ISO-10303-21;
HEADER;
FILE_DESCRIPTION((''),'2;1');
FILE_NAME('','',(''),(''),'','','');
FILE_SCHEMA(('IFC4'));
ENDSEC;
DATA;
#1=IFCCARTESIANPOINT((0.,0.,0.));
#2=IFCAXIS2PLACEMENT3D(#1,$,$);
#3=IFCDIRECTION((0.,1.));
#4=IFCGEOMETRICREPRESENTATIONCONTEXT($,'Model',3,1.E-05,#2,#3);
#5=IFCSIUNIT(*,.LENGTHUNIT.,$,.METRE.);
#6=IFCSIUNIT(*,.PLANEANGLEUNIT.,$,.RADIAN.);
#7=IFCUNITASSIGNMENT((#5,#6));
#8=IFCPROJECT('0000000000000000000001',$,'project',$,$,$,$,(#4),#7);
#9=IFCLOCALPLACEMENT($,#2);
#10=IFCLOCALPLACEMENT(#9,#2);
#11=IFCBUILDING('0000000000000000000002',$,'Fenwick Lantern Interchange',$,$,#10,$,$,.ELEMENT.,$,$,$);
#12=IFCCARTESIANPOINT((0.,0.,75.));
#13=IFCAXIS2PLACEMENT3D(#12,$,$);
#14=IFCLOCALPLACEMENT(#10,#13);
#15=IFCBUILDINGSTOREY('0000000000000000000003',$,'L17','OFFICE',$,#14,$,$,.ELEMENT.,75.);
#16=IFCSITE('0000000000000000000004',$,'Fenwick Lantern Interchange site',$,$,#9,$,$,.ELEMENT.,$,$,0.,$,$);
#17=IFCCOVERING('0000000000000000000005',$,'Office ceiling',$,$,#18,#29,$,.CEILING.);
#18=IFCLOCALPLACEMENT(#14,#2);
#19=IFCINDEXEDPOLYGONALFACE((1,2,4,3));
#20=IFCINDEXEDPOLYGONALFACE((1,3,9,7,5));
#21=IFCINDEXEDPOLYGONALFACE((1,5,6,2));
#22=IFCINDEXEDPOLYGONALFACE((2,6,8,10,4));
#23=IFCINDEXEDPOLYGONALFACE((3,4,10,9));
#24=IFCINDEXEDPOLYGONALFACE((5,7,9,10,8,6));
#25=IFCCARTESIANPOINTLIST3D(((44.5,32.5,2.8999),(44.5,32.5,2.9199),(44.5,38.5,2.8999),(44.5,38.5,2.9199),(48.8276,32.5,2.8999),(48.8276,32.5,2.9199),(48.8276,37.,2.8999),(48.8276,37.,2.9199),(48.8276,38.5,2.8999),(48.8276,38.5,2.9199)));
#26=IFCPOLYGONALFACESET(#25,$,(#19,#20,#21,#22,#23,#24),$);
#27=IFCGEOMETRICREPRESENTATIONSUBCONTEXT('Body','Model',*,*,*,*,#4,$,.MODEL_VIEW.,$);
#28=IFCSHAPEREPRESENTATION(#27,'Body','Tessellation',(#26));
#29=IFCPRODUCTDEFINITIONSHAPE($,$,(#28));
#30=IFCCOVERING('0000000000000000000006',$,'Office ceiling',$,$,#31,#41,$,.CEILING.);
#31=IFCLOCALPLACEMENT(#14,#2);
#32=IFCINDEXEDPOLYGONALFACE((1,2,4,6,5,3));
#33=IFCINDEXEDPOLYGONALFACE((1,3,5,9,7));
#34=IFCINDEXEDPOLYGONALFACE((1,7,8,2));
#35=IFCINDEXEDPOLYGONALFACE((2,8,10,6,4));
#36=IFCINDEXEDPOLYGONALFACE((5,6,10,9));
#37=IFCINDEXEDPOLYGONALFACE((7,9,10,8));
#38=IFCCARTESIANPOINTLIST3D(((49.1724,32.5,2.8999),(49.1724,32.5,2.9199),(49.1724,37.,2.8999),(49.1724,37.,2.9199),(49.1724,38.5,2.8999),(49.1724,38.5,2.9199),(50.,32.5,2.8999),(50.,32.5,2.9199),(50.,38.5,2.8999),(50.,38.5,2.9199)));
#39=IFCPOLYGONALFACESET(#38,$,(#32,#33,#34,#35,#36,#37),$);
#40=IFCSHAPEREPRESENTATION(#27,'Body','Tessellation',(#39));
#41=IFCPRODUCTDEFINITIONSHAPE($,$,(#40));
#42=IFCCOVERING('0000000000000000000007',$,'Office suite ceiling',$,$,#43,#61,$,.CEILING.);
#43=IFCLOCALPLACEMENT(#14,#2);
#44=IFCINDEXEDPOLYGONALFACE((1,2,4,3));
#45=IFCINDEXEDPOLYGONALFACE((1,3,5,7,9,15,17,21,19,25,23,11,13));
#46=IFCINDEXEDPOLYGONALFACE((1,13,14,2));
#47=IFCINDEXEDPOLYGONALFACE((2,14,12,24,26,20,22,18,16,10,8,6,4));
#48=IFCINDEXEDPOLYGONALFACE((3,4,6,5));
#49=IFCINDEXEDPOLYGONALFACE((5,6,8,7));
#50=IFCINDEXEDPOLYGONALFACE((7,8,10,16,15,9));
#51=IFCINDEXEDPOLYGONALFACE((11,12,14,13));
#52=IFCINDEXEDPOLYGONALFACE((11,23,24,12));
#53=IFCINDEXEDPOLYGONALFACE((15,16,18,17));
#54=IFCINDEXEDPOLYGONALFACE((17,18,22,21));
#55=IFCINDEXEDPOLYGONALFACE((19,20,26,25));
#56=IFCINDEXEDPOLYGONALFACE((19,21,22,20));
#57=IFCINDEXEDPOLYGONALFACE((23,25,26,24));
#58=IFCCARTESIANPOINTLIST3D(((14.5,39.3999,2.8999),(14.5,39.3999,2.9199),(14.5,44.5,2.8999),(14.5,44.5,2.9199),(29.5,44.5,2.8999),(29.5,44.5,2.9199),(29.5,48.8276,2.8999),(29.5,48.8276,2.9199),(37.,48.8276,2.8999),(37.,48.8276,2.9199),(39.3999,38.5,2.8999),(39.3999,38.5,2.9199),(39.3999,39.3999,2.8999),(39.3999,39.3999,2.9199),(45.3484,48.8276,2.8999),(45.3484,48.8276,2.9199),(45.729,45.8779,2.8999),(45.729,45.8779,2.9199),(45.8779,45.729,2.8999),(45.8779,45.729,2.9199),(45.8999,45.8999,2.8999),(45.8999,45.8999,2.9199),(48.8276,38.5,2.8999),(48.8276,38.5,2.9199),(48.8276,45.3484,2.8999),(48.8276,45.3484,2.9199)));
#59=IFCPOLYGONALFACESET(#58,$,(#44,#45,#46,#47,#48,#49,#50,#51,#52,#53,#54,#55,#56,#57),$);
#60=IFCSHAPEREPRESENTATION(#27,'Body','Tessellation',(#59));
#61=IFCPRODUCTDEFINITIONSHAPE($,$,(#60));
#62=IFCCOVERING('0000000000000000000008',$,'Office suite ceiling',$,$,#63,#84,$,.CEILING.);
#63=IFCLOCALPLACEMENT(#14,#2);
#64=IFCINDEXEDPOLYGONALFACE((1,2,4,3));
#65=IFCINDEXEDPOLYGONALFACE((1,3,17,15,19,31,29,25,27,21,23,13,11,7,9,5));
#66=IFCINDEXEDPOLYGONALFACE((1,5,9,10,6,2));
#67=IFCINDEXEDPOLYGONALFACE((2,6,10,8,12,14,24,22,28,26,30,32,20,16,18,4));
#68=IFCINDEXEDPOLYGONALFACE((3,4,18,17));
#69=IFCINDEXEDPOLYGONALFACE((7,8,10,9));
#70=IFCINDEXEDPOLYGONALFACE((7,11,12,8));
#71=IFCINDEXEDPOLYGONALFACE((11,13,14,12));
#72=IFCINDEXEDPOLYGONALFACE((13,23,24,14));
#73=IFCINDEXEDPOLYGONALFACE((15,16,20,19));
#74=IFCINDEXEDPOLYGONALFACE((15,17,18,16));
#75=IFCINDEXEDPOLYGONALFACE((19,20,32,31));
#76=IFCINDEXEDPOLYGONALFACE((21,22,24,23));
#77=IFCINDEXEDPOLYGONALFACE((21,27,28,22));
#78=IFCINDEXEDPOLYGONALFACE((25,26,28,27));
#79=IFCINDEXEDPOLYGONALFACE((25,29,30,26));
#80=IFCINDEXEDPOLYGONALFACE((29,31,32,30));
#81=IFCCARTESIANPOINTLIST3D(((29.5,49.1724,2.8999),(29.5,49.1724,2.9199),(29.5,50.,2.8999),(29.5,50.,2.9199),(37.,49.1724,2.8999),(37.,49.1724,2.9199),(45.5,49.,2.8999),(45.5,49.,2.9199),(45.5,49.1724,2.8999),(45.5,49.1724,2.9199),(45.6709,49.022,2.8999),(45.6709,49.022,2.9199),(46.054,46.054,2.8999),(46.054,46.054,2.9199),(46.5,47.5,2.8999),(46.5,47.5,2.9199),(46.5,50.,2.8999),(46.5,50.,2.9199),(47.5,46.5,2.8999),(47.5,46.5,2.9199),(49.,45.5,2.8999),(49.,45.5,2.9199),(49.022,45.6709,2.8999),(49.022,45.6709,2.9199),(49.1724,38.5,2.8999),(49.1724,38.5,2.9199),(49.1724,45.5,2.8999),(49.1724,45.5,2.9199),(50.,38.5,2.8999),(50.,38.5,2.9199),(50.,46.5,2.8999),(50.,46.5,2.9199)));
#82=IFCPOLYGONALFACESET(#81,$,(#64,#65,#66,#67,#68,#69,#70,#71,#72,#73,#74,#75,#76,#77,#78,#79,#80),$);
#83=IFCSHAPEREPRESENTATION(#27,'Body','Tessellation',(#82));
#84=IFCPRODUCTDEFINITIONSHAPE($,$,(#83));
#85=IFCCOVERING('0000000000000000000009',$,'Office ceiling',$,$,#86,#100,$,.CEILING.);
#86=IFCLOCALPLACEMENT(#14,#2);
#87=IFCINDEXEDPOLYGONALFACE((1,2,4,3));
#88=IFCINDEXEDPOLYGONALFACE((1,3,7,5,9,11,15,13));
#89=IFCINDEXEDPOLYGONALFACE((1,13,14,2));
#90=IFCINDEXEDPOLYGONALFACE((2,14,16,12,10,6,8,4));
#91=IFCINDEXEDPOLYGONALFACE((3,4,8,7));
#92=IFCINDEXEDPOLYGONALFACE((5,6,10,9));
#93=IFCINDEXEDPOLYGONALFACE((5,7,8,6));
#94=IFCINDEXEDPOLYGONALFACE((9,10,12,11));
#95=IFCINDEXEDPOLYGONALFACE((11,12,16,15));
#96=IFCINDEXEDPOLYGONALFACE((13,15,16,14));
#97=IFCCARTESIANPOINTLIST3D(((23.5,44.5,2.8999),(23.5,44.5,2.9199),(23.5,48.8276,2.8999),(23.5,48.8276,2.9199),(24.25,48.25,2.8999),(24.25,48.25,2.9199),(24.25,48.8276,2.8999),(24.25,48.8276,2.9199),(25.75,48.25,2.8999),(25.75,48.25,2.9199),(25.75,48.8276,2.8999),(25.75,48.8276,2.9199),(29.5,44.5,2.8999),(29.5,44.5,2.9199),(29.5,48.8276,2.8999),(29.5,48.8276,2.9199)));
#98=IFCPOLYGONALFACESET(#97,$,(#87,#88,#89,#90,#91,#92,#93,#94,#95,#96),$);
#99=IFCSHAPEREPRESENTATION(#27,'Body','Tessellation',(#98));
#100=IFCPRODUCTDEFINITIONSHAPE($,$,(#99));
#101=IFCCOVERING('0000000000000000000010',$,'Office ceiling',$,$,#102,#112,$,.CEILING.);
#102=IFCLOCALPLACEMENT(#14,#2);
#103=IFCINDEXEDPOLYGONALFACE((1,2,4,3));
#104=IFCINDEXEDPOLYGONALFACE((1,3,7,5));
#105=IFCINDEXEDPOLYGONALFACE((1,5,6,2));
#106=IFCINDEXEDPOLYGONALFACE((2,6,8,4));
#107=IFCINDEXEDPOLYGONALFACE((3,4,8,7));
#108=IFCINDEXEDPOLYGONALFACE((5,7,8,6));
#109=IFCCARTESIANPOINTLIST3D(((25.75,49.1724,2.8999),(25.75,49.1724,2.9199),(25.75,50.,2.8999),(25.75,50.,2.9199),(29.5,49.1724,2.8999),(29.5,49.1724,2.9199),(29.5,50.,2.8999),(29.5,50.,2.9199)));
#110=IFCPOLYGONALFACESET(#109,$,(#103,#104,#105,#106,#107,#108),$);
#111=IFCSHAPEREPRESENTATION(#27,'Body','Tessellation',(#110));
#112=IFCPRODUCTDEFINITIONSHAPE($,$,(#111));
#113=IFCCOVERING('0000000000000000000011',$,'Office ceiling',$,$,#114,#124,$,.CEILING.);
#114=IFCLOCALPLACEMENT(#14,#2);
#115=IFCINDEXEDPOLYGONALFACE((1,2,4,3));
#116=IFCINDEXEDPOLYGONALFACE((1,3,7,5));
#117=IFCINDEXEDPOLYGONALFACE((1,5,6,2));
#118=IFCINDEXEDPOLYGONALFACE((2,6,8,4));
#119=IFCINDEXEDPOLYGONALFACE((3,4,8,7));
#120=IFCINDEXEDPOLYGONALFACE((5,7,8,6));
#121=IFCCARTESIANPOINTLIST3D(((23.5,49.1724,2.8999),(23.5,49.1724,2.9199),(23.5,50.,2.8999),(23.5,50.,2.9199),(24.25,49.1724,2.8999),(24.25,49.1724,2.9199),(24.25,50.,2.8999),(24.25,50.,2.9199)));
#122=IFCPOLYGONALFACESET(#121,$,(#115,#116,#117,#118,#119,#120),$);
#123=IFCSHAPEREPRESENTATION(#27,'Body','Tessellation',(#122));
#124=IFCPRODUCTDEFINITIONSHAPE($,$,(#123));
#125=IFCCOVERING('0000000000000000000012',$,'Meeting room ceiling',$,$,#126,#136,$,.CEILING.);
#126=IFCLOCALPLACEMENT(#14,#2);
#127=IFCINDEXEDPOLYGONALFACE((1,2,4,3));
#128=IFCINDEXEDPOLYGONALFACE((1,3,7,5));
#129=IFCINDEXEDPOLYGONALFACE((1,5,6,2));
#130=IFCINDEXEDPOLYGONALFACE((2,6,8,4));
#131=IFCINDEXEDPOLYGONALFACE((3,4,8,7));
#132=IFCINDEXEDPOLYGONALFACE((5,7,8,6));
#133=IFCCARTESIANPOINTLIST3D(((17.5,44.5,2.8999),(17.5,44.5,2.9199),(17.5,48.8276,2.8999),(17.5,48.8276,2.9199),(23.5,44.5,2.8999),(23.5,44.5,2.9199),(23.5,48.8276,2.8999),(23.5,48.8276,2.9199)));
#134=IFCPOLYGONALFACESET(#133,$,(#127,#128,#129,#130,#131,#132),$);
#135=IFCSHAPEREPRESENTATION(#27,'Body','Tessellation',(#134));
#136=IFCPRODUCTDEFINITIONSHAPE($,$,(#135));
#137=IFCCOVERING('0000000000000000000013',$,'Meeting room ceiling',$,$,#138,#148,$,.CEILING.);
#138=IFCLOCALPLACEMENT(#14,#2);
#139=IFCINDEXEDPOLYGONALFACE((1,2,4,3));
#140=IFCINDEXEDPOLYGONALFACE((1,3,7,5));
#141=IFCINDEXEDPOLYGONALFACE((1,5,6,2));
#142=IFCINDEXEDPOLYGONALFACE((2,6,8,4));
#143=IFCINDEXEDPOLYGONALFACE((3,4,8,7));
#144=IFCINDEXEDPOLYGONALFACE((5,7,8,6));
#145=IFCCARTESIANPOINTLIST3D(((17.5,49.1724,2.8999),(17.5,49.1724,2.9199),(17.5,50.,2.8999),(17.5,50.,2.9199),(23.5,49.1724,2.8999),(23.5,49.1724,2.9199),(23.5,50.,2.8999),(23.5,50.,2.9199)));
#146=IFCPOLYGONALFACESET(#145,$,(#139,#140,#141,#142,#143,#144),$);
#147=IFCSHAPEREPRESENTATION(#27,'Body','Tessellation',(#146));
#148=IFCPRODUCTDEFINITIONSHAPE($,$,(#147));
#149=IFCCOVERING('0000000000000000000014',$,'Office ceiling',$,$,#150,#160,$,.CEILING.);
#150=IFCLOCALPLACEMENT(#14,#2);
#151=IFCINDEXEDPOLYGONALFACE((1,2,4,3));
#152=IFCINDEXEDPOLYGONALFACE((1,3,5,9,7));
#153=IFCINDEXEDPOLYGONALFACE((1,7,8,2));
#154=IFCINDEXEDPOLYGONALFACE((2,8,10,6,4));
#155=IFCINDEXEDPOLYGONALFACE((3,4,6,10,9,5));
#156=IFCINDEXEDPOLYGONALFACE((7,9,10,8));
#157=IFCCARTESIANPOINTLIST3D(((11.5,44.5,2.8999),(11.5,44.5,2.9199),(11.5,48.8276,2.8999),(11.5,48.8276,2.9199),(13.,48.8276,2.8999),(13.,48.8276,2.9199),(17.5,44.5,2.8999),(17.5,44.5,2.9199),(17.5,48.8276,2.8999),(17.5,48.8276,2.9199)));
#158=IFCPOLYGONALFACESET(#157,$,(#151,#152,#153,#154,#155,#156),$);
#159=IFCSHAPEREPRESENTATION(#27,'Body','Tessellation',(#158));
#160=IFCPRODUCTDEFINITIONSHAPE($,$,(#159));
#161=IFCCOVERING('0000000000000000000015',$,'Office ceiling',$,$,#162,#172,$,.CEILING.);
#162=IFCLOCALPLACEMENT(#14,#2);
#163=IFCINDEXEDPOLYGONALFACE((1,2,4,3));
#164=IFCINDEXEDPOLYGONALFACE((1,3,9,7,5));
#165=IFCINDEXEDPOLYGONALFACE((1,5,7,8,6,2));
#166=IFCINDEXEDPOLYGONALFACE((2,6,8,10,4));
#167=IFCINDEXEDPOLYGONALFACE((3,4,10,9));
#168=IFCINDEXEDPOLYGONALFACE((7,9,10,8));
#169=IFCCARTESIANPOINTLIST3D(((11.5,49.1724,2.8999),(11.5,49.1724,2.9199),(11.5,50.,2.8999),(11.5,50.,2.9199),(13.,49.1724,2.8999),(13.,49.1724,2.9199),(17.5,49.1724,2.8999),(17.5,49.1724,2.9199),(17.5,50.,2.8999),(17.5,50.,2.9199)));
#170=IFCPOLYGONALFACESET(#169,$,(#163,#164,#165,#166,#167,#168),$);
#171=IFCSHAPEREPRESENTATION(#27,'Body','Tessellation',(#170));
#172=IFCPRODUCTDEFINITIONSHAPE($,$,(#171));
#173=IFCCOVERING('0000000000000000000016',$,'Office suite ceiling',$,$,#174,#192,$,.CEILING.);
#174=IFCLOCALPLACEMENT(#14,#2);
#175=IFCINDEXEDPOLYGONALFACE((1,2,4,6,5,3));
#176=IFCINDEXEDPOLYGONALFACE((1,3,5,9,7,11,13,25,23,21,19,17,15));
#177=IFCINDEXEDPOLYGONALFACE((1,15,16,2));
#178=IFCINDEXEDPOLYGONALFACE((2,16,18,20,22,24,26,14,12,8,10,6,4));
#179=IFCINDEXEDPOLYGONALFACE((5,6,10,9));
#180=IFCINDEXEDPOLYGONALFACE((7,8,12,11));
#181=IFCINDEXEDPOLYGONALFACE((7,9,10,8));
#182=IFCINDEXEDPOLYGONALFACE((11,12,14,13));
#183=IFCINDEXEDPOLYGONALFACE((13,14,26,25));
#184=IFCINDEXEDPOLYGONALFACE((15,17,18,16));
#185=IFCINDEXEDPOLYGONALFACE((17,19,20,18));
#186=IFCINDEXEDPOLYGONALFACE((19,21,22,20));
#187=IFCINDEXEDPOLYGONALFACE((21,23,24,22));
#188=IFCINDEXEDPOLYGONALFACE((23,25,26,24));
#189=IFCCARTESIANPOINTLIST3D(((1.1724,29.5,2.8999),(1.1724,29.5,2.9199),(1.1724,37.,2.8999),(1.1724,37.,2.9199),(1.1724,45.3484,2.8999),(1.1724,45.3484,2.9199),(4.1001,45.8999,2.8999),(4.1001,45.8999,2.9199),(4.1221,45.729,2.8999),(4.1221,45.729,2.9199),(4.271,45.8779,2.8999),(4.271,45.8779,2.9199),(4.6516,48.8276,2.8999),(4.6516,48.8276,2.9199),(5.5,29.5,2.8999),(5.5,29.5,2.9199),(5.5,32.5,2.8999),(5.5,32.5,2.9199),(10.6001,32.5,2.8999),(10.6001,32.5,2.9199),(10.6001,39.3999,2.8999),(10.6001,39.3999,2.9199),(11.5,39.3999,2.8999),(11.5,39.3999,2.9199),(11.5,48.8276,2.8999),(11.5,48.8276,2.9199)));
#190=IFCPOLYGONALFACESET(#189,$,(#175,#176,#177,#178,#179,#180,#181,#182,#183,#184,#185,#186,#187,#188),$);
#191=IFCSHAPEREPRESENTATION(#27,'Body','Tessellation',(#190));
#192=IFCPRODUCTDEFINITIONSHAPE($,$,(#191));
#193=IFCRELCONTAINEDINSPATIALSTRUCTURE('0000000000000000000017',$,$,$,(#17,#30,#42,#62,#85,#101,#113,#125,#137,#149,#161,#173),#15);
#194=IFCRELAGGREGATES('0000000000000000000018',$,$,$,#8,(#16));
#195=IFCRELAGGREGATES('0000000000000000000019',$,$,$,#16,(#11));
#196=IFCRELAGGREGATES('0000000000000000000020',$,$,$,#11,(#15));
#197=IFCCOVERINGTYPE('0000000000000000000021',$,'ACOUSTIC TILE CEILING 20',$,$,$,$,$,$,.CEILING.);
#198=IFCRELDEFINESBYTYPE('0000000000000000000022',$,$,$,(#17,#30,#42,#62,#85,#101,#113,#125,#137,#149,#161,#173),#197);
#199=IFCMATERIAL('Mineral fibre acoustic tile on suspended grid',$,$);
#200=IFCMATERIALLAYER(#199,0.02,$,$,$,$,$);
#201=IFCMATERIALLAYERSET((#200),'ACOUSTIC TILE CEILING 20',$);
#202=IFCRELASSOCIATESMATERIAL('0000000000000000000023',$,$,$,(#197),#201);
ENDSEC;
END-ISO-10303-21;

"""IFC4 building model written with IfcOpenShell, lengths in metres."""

from ifc_helpers import new_model, si_unit, direction, frame, origin, place, context, subcontext, project, spatial, polyline, outline, extrude, material, layer, layer_set, type_object, element, save


model = new_model("IFC4")

# Units and contexts
model_context = context("Model", 3, precision=1e-05, world=origin(), true_north=direction((0.0, 1.0)))
body_context = subcontext(model_context, "Body", "Model", "MODEL_VIEW")
ifc_project = project(units=[si_unit("LENGTHUNIT", "METRE"), si_unit("PLANEANGLEUNIT", "RADIAN")], contexts=[model_context])

# Site, building, storey
site_placement = place(None, origin())
site = spatial("IfcSite", under=ifc_project, at=site_placement, Name="Fenwick Lantern Interchange site", CompositionType="ELEMENT", RefElevation=0.0)
building_placement = place(site_placement, origin())
building = spatial("IfcBuilding", under=site, at=building_placement, Name="Fenwick Lantern Interchange", CompositionType="ELEMENT")
storey_placement = place(building_placement, frame((0.0, 0.0, 75.0)))
storey = spatial("IfcBuildingStorey", under=building, at=storey_placement, Name="L17", Description="OFFICE", CompositionType="ELEMENT", Elevation=75.0)

# Coverings
ifc_material = material(Name="Mineral fibre acoustic tile on suspended grid")
ifc_layer = layer(ifc_material, 0.02)
ifc_layer_set = layer_set([ifc_layer], Name="ACOUSTIC TILE CEILING 20")
covering_type = type_object("IfcCoveringType", Name="ACOUSTIC TILE CEILING 20", PredefinedType="CEILING", material=ifc_layer_set)
covering_1_placement = place(storey_placement, frame((0.0, 0.0, 2.8999)))
element("IfcCovering", 1, at=covering_1_placement, inside=storey, type_object=covering_type, Name="Office ceiling", PredefinedType="CEILING", context=body_context, shape_type="SweptSolid", body=[
    extrude(outline(polyline([(44.5, 32.5), (48.8276, 32.5), (48.8276, 37.0), (48.8276, 38.5), (44.5, 38.5), (44.5, 32.5)])), origin(), (0.0, 0.0, 1.0), 0.02),
])
covering_2_placement = place(storey_placement, frame((0.0, 0.0, 2.8999)))
element("IfcCovering", 2, at=covering_2_placement, inside=storey, type_object=covering_type, Name="Office ceiling", PredefinedType="CEILING", context=body_context, shape_type="SweptSolid", body=[
    extrude(outline(polyline([(50.0, 38.5), (49.1724, 38.5), (49.1724, 37.0), (49.1724, 32.5), (50.0, 32.5), (50.0, 38.5)])), origin(), (0.0, 0.0, 1.0), 0.02),
])
covering_3_placement = place(storey_placement, frame((0.0, 0.0, 2.8999)))
element("IfcCovering", 3, at=covering_3_placement, inside=storey, type_object=covering_type, Name="Office suite ceiling", PredefinedType="CEILING", context=body_context, shape_type="SweptSolid", body=[
    extrude(outline(polyline([(39.3999, 38.5), (48.8276, 38.5), (48.8276, 45.3484), (45.8779, 45.729), (45.8999, 45.8999), (45.729, 45.8779), (45.3484, 48.8276), (37.0, 48.8276), (29.5, 48.8276), (29.5, 44.5), (14.5, 44.5), (14.5, 39.3999), (39.3999, 39.3999), (39.3999, 38.5)])), origin(), (0.0, 0.0, 1.0), 0.02),
])
covering_4_placement = place(storey_placement, frame((0.0, 0.0, 2.8999)))
element("IfcCovering", 4, at=covering_4_placement, inside=storey, type_object=covering_type, Name="Office suite ceiling", PredefinedType="CEILING", context=body_context, shape_type="SweptSolid", body=[
    extrude(outline(polyline([(46.5, 50.0), (29.5, 50.0), (29.5, 49.1724), (37.0, 49.1724), (45.5, 49.1724), (45.5, 49.0), (45.6709, 49.022), (46.054, 46.054), (49.022, 45.6709), (49.0, 45.5), (49.1724, 45.5), (49.1724, 38.5), (50.0, 38.5), (50.0, 46.5), (47.5, 46.5), (46.5, 47.5), (46.5, 50.0)])), origin(), (0.0, 0.0, 1.0), 0.02),
])
covering_5_placement = place(storey_placement, frame((0.0, 0.0, 2.8999)))
element("IfcCovering", 5, at=covering_5_placement, inside=storey, type_object=covering_type, Name="Office ceiling", PredefinedType="CEILING", context=body_context, shape_type="SweptSolid", body=[
    extrude(outline(polyline([(29.5, 44.5), (29.5, 48.8276), (25.75, 48.8276), (25.75, 48.25), (24.25, 48.25), (24.25, 48.8276), (23.5, 48.8276), (23.5, 44.5), (29.5, 44.5)])), origin(), (0.0, 0.0, 1.0), 0.02),
])
covering_6_placement = place(storey_placement, frame((0.0, 0.0, 2.8999)))
element("IfcCovering", 6, at=covering_6_placement, inside=storey, type_object=covering_type, Name="Office ceiling", PredefinedType="CEILING", context=body_context, shape_type="SweptSolid", body=[
    extrude(outline(polyline([(29.5, 49.1724), (29.5, 50.0), (25.75, 50.0), (25.75, 49.1724), (29.5, 49.1724)])), origin(), (0.0, 0.0, 1.0), 0.02),
])
covering_7_placement = place(storey_placement, frame((0.0, 0.0, 2.8999)))
element("IfcCovering", 7, at=covering_7_placement, inside=storey, type_object=covering_type, Name="Office ceiling", PredefinedType="CEILING", context=body_context, shape_type="SweptSolid", body=[
    extrude(outline(polyline([(23.5, 50.0), (23.5, 49.1724), (24.25, 49.1724), (24.25, 50.0), (23.5, 50.0)])), origin(), (0.0, 0.0, 1.0), 0.02),
])
covering_8_placement = place(storey_placement, frame((0.0, 0.0, 2.8999)))
element("IfcCovering", 8, at=covering_8_placement, inside=storey, type_object=covering_type, Name="Meeting room ceiling", PredefinedType="CEILING", context=body_context, shape_type="SweptSolid", body=[
    extrude(outline(polyline([(23.5, 44.5), (23.5, 48.8276), (17.5, 48.8276), (17.5, 44.5), (23.5, 44.5)])), origin(), (0.0, 0.0, 1.0), 0.02),
])
covering_9_placement = place(storey_placement, frame((0.0, 0.0, 2.8999)))
element("IfcCovering", 9, at=covering_9_placement, inside=storey, type_object=covering_type, Name="Meeting room ceiling", PredefinedType="CEILING", context=body_context, shape_type="SweptSolid", body=[
    extrude(outline(polyline([(17.5, 50.0), (17.5, 49.1724), (23.5, 49.1724), (23.5, 50.0), (17.5, 50.0)])), origin(), (0.0, 0.0, 1.0), 0.02),
])
covering_10_placement = place(storey_placement, frame((0.0, 0.0, 2.8999)))
element("IfcCovering", 10, at=covering_10_placement, inside=storey, type_object=covering_type, Name="Office ceiling", PredefinedType="CEILING", context=body_context, shape_type="SweptSolid", body=[
    extrude(outline(polyline([(17.5, 44.5), (17.5, 48.8276), (13.0, 48.8276), (11.5, 48.8276), (11.5, 44.5), (17.5, 44.5)])), origin(), (0.0, 0.0, 1.0), 0.02),
])
covering_11_placement = place(storey_placement, frame((0.0, 0.0, 2.8999)))
element("IfcCovering", 11, at=covering_11_placement, inside=storey, type_object=covering_type, Name="Office ceiling", PredefinedType="CEILING", context=body_context, shape_type="SweptSolid", body=[
    extrude(outline(polyline([(11.5, 50.0), (11.5, 49.1724), (13.0, 49.1724), (17.5, 49.1724), (17.5, 50.0), (11.5, 50.0)])), origin(), (0.0, 0.0, 1.0), 0.02),
])
covering_12_placement = place(storey_placement, frame((0.0, 0.0, 2.8999)))
element("IfcCovering", 12, at=covering_12_placement, inside=storey, type_object=covering_type, Name="Office suite ceiling", PredefinedType="CEILING", context=body_context, shape_type="SweptSolid", body=[
    extrude(outline(polyline([(1.1724, 29.5), (5.5, 29.5), (5.5, 32.5), (10.6001, 32.5), (10.6001, 39.3999), (11.5, 39.3999), (11.5, 48.8276), (4.6516, 48.8276), (4.271, 45.8779), (4.1001, 45.8999), (4.1221, 45.729), (1.1724, 45.3484), (1.1724, 37.0), (1.1724, 29.5)])), origin(), (0.0, 0.0, 1.0), 0.02),
])

save(model, "model.ifc")
